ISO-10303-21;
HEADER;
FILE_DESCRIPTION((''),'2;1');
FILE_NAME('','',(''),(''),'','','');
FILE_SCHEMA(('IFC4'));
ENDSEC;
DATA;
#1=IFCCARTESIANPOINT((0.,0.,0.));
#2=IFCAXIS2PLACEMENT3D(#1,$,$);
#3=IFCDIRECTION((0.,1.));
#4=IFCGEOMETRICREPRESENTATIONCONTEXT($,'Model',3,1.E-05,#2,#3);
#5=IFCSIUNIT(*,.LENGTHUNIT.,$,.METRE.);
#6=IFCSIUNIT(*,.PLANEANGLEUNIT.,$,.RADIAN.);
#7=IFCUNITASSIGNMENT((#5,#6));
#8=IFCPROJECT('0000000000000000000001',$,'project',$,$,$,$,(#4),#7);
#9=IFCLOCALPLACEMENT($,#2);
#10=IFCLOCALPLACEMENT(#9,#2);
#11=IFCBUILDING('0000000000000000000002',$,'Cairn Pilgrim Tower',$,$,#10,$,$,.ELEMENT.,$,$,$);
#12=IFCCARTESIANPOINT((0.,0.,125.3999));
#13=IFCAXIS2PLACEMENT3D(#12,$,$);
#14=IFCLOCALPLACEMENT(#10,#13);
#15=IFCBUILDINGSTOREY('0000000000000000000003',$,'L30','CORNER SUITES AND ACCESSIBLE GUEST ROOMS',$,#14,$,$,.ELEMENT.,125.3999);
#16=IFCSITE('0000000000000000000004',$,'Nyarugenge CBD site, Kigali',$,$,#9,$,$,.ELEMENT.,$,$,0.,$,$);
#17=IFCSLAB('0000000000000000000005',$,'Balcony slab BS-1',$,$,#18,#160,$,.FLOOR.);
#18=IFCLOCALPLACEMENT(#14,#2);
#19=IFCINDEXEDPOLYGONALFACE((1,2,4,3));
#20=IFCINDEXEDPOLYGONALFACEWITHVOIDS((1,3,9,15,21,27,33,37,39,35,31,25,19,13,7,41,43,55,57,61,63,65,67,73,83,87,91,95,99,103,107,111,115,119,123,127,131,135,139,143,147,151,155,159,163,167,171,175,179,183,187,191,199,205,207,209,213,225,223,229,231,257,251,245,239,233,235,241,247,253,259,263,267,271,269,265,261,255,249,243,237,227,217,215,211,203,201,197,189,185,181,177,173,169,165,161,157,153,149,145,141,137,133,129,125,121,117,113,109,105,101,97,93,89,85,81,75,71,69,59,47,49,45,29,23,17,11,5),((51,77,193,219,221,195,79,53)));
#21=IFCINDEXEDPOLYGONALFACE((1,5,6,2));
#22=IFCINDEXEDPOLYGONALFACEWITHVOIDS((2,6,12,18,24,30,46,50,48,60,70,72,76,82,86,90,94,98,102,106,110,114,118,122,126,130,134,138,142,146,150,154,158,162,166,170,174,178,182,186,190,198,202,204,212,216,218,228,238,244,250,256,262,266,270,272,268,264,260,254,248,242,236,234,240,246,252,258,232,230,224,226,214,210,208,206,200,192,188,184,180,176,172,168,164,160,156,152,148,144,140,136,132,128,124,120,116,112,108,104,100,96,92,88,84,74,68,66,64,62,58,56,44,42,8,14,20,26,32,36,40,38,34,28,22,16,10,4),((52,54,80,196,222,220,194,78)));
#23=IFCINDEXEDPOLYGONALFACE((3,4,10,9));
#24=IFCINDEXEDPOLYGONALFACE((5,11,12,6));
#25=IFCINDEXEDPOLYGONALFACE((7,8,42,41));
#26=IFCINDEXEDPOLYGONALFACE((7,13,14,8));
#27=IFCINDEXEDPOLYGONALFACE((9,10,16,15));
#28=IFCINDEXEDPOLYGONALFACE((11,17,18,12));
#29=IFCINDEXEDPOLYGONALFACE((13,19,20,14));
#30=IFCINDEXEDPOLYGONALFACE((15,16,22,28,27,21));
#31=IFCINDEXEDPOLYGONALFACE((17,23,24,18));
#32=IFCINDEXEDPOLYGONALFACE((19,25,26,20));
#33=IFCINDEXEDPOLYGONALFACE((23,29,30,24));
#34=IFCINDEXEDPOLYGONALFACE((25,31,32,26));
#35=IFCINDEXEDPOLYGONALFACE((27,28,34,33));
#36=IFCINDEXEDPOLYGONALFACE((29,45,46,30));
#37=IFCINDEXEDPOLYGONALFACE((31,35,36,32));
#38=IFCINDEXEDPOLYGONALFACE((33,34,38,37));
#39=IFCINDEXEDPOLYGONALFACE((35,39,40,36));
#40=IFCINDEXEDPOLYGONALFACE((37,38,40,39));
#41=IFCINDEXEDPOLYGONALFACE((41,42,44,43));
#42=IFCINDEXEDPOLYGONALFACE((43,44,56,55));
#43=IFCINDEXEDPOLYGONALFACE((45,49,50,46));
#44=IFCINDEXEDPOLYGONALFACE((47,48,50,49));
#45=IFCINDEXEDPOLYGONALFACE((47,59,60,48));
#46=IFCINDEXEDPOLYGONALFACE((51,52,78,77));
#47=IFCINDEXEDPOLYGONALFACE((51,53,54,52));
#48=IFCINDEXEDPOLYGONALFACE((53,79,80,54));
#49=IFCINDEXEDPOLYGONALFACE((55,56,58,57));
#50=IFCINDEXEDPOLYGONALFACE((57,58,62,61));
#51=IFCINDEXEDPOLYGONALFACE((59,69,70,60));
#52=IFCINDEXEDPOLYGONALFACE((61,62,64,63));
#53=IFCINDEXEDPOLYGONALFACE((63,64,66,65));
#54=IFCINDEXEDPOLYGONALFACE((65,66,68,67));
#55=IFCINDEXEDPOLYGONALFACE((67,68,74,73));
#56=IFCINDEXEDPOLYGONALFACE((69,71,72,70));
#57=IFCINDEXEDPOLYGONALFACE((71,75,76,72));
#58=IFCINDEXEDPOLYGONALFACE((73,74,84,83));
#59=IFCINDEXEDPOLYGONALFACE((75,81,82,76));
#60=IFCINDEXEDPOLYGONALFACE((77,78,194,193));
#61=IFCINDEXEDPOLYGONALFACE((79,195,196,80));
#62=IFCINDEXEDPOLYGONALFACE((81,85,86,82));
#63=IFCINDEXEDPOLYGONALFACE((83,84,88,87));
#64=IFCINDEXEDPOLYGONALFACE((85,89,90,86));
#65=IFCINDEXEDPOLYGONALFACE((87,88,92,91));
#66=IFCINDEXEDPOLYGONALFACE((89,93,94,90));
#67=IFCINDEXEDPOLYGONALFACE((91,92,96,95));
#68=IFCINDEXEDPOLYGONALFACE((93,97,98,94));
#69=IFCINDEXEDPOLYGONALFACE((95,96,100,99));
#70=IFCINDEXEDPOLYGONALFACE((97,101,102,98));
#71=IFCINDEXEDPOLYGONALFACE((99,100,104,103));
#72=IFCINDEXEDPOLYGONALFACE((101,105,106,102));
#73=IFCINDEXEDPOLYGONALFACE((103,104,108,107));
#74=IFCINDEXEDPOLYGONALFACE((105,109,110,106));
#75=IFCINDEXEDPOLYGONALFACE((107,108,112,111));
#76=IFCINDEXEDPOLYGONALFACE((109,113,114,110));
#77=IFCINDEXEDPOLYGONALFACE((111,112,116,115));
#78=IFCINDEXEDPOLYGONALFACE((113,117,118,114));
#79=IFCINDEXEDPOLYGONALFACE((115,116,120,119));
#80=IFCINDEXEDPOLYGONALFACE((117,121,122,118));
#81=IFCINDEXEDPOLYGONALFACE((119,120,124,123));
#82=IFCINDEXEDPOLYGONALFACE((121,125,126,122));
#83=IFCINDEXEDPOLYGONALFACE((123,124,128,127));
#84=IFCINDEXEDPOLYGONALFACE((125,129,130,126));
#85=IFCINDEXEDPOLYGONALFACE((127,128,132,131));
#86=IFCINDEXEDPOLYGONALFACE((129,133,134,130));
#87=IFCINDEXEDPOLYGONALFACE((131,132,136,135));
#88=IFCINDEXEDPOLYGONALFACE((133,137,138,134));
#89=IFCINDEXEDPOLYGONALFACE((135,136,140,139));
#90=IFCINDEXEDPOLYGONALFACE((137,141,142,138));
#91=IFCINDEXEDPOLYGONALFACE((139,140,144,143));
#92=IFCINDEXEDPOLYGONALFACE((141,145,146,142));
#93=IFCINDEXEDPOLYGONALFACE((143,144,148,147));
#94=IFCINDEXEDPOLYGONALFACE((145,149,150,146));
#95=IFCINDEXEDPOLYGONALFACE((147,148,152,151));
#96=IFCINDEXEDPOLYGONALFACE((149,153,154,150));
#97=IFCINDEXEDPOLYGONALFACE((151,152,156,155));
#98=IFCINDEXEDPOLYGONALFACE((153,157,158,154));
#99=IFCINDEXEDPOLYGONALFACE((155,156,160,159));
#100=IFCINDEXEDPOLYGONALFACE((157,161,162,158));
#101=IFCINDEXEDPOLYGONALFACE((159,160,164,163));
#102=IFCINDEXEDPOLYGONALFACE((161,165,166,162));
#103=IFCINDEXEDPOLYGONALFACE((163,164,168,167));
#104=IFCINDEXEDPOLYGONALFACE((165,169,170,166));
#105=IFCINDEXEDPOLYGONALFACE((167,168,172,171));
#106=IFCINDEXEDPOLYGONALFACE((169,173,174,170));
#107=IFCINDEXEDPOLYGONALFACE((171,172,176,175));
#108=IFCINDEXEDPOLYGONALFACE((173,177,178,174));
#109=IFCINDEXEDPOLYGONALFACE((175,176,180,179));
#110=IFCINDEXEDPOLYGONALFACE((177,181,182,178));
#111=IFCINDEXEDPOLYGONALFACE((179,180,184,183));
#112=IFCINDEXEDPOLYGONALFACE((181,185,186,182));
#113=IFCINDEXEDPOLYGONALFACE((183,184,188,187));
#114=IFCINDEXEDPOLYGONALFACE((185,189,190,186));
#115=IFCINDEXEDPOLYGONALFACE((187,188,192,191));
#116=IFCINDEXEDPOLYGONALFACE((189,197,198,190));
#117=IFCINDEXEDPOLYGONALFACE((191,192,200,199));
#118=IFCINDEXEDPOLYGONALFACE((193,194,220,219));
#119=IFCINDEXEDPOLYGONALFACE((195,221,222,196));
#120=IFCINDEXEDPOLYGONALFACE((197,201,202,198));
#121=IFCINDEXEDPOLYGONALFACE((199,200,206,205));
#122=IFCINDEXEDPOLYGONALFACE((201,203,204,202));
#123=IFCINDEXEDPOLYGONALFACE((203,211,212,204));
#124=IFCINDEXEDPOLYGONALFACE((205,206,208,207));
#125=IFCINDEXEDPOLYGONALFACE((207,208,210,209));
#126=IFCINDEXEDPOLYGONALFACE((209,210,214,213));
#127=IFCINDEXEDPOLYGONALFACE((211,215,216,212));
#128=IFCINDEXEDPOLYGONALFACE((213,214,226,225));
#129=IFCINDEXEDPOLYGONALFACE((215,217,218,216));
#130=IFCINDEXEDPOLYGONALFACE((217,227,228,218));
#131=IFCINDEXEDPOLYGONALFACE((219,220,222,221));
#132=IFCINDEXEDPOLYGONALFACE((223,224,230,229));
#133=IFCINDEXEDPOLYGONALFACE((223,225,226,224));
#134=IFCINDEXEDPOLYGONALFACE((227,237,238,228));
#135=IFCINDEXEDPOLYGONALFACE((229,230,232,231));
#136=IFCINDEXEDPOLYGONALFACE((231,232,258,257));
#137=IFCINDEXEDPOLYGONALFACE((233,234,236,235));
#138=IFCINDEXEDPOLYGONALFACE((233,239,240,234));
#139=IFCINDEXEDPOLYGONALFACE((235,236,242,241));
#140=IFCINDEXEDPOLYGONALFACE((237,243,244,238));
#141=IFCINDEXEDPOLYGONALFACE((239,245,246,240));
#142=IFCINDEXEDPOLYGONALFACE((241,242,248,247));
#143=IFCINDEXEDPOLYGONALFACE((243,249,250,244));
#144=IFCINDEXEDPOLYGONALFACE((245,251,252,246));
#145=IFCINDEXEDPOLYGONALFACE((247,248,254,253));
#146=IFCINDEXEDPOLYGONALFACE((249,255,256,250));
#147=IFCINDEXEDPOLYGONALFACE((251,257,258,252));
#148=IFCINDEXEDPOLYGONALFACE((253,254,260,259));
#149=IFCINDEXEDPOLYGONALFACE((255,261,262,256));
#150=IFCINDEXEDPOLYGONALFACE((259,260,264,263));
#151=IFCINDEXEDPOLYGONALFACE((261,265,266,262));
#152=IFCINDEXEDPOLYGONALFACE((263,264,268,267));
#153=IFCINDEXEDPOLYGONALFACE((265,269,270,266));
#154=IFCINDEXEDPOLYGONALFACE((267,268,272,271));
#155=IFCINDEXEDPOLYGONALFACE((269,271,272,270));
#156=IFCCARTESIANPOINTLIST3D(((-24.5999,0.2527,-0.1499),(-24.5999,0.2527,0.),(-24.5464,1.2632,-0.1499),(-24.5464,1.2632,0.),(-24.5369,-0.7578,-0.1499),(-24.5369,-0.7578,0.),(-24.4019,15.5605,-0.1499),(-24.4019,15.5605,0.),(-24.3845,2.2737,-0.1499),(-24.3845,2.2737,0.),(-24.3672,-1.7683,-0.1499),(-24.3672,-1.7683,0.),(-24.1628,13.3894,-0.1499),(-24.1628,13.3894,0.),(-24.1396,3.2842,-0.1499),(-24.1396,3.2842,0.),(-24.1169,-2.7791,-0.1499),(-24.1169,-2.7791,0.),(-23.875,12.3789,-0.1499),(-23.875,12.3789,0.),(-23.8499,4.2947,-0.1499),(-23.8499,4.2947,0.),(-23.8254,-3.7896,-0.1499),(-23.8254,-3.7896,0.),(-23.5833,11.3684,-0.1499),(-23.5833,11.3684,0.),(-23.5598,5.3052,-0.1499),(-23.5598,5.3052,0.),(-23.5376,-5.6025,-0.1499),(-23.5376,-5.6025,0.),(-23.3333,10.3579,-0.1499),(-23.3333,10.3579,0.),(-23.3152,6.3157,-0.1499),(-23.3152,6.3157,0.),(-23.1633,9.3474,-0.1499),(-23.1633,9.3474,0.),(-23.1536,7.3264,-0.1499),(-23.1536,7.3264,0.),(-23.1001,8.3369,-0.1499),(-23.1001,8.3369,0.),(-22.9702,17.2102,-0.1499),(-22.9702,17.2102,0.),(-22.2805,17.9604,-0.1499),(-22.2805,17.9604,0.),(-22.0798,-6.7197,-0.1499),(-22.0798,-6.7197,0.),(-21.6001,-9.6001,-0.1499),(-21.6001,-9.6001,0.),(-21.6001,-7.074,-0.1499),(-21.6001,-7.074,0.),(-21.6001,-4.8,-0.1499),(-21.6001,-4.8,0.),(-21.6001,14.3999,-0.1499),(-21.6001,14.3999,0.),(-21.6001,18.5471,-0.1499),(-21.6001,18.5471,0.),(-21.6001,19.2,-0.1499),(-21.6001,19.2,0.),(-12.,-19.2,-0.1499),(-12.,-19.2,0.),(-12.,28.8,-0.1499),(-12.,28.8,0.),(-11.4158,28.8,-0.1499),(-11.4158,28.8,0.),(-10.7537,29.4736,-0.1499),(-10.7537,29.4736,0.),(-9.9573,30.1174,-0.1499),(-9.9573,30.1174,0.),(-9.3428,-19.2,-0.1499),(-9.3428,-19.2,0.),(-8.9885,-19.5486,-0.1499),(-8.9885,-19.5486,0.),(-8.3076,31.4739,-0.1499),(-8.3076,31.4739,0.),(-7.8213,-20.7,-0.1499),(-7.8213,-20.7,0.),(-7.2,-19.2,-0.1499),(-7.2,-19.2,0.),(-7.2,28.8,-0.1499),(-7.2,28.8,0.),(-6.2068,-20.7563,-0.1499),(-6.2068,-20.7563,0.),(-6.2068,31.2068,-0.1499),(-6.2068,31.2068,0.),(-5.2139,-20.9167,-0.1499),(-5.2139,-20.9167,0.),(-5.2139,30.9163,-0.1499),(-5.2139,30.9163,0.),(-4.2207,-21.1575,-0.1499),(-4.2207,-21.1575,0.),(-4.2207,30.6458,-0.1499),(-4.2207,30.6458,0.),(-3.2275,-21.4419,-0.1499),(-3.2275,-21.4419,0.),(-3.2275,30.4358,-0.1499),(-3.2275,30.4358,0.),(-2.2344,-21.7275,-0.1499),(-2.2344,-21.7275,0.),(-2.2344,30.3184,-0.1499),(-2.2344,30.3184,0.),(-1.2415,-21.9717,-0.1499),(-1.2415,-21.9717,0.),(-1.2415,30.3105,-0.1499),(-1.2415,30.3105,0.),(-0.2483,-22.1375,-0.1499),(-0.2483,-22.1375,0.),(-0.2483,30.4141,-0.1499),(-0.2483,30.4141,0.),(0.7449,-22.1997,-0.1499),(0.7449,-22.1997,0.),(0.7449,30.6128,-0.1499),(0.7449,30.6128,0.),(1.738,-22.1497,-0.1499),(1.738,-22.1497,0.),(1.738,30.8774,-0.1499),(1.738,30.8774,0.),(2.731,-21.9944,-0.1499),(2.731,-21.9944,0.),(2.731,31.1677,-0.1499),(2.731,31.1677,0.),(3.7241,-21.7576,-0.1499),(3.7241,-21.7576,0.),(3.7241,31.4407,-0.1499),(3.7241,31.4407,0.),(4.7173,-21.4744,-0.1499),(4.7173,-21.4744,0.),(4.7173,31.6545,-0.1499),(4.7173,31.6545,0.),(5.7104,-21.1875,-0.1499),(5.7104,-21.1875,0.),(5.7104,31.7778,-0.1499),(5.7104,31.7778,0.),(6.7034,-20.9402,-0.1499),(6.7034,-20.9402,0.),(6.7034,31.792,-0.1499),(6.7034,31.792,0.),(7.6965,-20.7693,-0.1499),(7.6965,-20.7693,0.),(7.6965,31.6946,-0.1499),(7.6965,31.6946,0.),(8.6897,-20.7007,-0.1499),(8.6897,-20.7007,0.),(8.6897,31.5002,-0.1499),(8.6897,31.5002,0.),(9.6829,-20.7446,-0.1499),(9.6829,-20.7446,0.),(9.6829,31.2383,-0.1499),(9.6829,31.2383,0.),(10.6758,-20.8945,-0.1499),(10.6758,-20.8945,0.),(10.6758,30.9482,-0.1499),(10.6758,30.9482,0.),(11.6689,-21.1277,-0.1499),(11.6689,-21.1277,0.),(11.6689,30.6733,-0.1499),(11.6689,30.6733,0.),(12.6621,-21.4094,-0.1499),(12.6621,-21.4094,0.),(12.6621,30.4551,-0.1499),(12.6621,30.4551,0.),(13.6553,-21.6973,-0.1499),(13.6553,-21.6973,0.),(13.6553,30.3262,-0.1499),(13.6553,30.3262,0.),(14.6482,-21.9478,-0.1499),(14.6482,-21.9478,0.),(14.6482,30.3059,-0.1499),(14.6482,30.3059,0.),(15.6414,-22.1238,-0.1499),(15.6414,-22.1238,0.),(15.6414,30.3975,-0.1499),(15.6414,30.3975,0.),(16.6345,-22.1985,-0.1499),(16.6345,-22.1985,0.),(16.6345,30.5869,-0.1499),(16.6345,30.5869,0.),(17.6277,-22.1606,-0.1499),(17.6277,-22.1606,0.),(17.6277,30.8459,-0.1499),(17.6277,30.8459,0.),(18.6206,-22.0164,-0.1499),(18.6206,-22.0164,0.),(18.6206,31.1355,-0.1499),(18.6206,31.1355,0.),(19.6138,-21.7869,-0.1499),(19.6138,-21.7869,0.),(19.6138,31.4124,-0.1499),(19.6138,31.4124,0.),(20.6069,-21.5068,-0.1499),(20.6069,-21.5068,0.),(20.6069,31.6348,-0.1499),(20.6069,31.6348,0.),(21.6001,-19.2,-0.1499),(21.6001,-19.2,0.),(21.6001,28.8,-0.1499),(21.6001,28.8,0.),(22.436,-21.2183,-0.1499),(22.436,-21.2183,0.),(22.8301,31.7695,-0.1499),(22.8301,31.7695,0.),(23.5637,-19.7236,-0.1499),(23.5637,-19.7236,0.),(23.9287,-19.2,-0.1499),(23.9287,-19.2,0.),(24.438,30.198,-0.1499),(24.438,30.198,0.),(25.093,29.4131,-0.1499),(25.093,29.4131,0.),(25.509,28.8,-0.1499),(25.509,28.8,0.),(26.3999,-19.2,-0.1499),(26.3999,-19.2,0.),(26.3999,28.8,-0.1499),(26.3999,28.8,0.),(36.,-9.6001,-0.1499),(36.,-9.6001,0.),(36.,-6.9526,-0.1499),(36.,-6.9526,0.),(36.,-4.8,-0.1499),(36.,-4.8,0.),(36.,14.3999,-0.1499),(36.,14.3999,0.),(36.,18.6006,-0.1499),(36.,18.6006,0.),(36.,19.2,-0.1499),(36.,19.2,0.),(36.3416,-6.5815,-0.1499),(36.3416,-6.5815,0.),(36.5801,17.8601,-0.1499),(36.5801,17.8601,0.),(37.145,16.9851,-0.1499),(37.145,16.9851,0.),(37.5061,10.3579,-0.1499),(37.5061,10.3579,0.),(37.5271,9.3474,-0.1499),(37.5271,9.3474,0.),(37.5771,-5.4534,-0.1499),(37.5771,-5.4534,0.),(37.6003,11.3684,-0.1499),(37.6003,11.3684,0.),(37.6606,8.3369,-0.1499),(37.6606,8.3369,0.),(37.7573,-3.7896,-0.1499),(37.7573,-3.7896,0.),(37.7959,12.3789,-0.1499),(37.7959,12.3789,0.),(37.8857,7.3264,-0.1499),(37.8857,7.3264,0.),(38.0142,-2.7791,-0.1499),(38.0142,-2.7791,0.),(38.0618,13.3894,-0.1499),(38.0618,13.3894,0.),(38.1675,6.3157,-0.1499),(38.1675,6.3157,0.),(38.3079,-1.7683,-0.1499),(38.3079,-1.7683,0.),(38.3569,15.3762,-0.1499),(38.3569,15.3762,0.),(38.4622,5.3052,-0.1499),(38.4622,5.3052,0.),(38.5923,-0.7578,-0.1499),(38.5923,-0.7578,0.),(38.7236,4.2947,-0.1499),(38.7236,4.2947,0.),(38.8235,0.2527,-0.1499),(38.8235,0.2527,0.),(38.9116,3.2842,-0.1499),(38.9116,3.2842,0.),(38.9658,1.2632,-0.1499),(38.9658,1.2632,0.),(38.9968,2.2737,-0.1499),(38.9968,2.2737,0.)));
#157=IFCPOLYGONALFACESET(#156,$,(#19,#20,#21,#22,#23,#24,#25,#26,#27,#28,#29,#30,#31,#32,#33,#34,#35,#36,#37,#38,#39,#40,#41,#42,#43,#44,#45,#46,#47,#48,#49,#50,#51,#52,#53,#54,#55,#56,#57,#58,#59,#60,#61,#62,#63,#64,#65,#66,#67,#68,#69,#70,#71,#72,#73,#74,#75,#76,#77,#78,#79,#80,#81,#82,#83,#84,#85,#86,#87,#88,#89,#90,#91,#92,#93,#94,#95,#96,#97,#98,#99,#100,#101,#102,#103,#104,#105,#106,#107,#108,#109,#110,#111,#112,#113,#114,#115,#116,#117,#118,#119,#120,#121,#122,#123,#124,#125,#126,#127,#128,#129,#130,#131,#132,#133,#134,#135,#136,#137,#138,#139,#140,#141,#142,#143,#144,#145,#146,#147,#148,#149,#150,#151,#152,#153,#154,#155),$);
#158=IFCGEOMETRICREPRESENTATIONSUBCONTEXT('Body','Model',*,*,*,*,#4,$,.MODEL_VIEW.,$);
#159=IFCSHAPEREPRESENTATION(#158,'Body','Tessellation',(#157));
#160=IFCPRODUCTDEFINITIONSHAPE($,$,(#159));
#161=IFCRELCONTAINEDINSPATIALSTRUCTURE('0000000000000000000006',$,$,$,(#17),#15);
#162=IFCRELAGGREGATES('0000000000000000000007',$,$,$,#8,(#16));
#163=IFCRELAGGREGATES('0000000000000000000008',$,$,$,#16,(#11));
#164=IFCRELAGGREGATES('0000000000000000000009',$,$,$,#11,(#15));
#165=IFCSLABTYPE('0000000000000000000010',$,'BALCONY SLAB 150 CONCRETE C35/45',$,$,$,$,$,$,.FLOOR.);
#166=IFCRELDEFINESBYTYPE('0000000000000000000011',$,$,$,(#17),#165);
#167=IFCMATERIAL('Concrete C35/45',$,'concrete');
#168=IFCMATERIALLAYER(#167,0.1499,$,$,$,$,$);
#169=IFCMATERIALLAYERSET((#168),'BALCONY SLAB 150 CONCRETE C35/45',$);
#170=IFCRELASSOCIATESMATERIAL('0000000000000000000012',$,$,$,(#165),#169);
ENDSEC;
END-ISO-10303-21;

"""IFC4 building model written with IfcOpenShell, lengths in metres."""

from ifc_helpers import new_model, si_unit, direction, frame, origin, place, context, subcontext, project, spatial, polyline, outline, extrude, material, layer, layer_set, type_object, element, save


model = new_model("IFC4")

# Units and contexts
model_context = context("Model", 3, precision=1e-05, world=origin(), true_north=direction((0.0, 1.0)))
body_context = subcontext(model_context, "Body", "Model", "MODEL_VIEW")
ifc_project = project(units=[si_unit("LENGTHUNIT", "METRE"), si_unit("PLANEANGLEUNIT", "RADIAN")], contexts=[model_context])

# Site, building, storey
site_placement = place(None, origin())
site = spatial("IfcSite", under=ifc_project, at=site_placement, Name="Nyarugenge CBD site, Kigali", CompositionType="ELEMENT", RefElevation=0.0)
building_placement = place(site_placement, origin())
building = spatial("IfcBuilding", under=site, at=building_placement, Name="Cairn Pilgrim Tower", CompositionType="ELEMENT")
storey_placement = place(building_placement, frame((0.0, 0.0, 125.3999)))
storey = spatial("IfcBuildingStorey", under=building, at=storey_placement, Name="L30", Description="CORNER SUITES AND ACCESSIBLE GUEST ROOMS", CompositionType="ELEMENT", Elevation=125.3999)

# Slab
ifc_material_1 = material(Name="Concrete C35/45", Category="concrete")
ifc_layer_1 = layer(ifc_material_1, 0.1499)
ifc_layer_set_1 = layer_set([ifc_layer_1], Name="BALCONY SLAB 150 CONCRETE C35/45")
slab_type_1 = type_object("IfcSlabType", Name="BALCONY SLAB 150 CONCRETE C35/45", PredefinedType="FLOOR", material=ifc_layer_set_1)
slab_1_placement = place(storey_placement, frame((0.0, 0.0, -0.1499)))
element("IfcSlab", 1, at=slab_1_placement, inside=storey, type_object=slab_type_1, Name="Balcony slab BS-1", PredefinedType="FLOOR", context=body_context, shape_type="SweptSolid", body=[
    extrude(outline(polyline([(22.436, -21.2183), (23.5637, -19.7236), (23.9287, -19.2), (26.3999, -19.2), (36.0, -9.6001), (36.0, -6.9526), (36.3416, -6.5815), (37.5771, -5.4534), (37.7573, -3.7896), (38.0142, -2.7791), (38.3079, -1.7683), (38.5923, -0.7578), (38.8235, 0.2527), (38.9658, 1.2632), (38.9968, 2.2737), (38.9116, 3.2842), (38.7236, 4.2947), (38.4622, 5.3052), (38.1675, 6.3157), (37.8857, 7.3264), (37.6606, 8.3369), (37.5271, 9.3474), (37.5061, 10.3579), (37.6003, 11.3684), (37.7959, 12.3789), (38.0618, 13.3894), (38.3569, 15.3762), (37.145, 16.9851), (36.5801, 17.8601), (36.0, 18.6006), (36.0, 19.2), (26.3999, 28.8), (25.509, 28.8), (25.093, 29.4131), (24.438, 30.198), (22.8301, 31.7695), (20.6069, 31.6348), (19.6138, 31.4124), (18.6206, 31.1355), (17.6277, 30.8459), (16.6345, 30.5869), (15.6414, 30.3975), (14.6482, 30.3059), (13.6553, 30.3262), (12.6621, 30.4551), (11.6689, 30.6733), (10.6758, 30.9482), (9.6829, 31.2383), (8.6897, 31.5002), (7.6965, 31.6946), (6.7034, 31.792), (5.7104, 31.7778), (4.7173, 31.6545), (3.7241, 31.4407), (2.731, 31.1677), (1.738, 30.8774), (0.7449, 30.6128), (-0.2483, 30.4141), (-1.2415, 30.3105), (-2.2344, 30.3184), (-3.2275, 30.4358), (-4.2207, 30.6458), (-5.2139, 30.9163), (-6.2068, 31.2068), (-8.3076, 31.4739), (-9.9573, 30.1174), (-10.7537, 29.4736), (-11.4158, 28.8), (-12.0, 28.8), (-21.6001, 19.2), (-21.6001, 18.5471), (-22.2805, 17.9604), (-22.9702, 17.2102), (-24.4019, 15.5605), (-24.1628, 13.3894), (-23.875, 12.3789), (-23.5833, 11.3684), (-23.3333, 10.3579), (-23.1633, 9.3474), (-23.1001, 8.3369), (-23.1536, 7.3264), (-23.3152, 6.3157), (-23.5598, 5.3052), (-23.8499, 4.2947), (-24.1396, 3.2842), (-24.3845, 2.2737), (-24.5464, 1.2632), (-24.5999, 0.2527), (-24.5369, -0.7578), (-24.3672, -1.7683), (-24.1169, -2.7791), (-23.8254, -3.7896), (-23.5376, -5.6025), (-22.0798, -6.7197), (-21.6001, -7.074), (-21.6001, -9.6001), (-12.0, -19.2), (-9.3428, -19.2), (-8.9885, -19.5486), (-7.8213, -20.7), (-6.2068, -20.7563), (-5.2139, -20.9167), (-4.2207, -21.1575), (-3.2275, -21.4419), (-2.2344, -21.7275), (-1.2415, -21.9717), (-0.2483, -22.1375), (0.7449, -22.1997), (1.738, -22.1497), (2.731, -21.9944), (3.7241, -21.7576), (4.7173, -21.4744), (5.7104, -21.1875), (6.7034, -20.9402), (7.6965, -20.7693), (8.6897, -20.7007), (9.6829, -20.7446), (10.6758, -20.8945), (11.6689, -21.1277), (12.6621, -21.4094), (13.6553, -21.6973), (14.6482, -21.9478), (15.6414, -22.1238), (16.6345, -22.1985), (17.6277, -22.1606), (18.6206, -22.0164), (19.6138, -21.7869), (20.6069, -21.5068), (22.436, -21.2183)]), holes=[polyline([(21.6001, -19.2), (-7.2, -19.2), (-21.6001, -4.8), (-21.6001, 14.3999), (-7.2, 28.8), (21.6001, 28.8), (36.0, 14.3999), (36.0, -4.8), (21.6001, -19.2)])]), origin(), (0.0, 0.0, 1.0), 0.1499),
])

save(model, "model.ifc")
